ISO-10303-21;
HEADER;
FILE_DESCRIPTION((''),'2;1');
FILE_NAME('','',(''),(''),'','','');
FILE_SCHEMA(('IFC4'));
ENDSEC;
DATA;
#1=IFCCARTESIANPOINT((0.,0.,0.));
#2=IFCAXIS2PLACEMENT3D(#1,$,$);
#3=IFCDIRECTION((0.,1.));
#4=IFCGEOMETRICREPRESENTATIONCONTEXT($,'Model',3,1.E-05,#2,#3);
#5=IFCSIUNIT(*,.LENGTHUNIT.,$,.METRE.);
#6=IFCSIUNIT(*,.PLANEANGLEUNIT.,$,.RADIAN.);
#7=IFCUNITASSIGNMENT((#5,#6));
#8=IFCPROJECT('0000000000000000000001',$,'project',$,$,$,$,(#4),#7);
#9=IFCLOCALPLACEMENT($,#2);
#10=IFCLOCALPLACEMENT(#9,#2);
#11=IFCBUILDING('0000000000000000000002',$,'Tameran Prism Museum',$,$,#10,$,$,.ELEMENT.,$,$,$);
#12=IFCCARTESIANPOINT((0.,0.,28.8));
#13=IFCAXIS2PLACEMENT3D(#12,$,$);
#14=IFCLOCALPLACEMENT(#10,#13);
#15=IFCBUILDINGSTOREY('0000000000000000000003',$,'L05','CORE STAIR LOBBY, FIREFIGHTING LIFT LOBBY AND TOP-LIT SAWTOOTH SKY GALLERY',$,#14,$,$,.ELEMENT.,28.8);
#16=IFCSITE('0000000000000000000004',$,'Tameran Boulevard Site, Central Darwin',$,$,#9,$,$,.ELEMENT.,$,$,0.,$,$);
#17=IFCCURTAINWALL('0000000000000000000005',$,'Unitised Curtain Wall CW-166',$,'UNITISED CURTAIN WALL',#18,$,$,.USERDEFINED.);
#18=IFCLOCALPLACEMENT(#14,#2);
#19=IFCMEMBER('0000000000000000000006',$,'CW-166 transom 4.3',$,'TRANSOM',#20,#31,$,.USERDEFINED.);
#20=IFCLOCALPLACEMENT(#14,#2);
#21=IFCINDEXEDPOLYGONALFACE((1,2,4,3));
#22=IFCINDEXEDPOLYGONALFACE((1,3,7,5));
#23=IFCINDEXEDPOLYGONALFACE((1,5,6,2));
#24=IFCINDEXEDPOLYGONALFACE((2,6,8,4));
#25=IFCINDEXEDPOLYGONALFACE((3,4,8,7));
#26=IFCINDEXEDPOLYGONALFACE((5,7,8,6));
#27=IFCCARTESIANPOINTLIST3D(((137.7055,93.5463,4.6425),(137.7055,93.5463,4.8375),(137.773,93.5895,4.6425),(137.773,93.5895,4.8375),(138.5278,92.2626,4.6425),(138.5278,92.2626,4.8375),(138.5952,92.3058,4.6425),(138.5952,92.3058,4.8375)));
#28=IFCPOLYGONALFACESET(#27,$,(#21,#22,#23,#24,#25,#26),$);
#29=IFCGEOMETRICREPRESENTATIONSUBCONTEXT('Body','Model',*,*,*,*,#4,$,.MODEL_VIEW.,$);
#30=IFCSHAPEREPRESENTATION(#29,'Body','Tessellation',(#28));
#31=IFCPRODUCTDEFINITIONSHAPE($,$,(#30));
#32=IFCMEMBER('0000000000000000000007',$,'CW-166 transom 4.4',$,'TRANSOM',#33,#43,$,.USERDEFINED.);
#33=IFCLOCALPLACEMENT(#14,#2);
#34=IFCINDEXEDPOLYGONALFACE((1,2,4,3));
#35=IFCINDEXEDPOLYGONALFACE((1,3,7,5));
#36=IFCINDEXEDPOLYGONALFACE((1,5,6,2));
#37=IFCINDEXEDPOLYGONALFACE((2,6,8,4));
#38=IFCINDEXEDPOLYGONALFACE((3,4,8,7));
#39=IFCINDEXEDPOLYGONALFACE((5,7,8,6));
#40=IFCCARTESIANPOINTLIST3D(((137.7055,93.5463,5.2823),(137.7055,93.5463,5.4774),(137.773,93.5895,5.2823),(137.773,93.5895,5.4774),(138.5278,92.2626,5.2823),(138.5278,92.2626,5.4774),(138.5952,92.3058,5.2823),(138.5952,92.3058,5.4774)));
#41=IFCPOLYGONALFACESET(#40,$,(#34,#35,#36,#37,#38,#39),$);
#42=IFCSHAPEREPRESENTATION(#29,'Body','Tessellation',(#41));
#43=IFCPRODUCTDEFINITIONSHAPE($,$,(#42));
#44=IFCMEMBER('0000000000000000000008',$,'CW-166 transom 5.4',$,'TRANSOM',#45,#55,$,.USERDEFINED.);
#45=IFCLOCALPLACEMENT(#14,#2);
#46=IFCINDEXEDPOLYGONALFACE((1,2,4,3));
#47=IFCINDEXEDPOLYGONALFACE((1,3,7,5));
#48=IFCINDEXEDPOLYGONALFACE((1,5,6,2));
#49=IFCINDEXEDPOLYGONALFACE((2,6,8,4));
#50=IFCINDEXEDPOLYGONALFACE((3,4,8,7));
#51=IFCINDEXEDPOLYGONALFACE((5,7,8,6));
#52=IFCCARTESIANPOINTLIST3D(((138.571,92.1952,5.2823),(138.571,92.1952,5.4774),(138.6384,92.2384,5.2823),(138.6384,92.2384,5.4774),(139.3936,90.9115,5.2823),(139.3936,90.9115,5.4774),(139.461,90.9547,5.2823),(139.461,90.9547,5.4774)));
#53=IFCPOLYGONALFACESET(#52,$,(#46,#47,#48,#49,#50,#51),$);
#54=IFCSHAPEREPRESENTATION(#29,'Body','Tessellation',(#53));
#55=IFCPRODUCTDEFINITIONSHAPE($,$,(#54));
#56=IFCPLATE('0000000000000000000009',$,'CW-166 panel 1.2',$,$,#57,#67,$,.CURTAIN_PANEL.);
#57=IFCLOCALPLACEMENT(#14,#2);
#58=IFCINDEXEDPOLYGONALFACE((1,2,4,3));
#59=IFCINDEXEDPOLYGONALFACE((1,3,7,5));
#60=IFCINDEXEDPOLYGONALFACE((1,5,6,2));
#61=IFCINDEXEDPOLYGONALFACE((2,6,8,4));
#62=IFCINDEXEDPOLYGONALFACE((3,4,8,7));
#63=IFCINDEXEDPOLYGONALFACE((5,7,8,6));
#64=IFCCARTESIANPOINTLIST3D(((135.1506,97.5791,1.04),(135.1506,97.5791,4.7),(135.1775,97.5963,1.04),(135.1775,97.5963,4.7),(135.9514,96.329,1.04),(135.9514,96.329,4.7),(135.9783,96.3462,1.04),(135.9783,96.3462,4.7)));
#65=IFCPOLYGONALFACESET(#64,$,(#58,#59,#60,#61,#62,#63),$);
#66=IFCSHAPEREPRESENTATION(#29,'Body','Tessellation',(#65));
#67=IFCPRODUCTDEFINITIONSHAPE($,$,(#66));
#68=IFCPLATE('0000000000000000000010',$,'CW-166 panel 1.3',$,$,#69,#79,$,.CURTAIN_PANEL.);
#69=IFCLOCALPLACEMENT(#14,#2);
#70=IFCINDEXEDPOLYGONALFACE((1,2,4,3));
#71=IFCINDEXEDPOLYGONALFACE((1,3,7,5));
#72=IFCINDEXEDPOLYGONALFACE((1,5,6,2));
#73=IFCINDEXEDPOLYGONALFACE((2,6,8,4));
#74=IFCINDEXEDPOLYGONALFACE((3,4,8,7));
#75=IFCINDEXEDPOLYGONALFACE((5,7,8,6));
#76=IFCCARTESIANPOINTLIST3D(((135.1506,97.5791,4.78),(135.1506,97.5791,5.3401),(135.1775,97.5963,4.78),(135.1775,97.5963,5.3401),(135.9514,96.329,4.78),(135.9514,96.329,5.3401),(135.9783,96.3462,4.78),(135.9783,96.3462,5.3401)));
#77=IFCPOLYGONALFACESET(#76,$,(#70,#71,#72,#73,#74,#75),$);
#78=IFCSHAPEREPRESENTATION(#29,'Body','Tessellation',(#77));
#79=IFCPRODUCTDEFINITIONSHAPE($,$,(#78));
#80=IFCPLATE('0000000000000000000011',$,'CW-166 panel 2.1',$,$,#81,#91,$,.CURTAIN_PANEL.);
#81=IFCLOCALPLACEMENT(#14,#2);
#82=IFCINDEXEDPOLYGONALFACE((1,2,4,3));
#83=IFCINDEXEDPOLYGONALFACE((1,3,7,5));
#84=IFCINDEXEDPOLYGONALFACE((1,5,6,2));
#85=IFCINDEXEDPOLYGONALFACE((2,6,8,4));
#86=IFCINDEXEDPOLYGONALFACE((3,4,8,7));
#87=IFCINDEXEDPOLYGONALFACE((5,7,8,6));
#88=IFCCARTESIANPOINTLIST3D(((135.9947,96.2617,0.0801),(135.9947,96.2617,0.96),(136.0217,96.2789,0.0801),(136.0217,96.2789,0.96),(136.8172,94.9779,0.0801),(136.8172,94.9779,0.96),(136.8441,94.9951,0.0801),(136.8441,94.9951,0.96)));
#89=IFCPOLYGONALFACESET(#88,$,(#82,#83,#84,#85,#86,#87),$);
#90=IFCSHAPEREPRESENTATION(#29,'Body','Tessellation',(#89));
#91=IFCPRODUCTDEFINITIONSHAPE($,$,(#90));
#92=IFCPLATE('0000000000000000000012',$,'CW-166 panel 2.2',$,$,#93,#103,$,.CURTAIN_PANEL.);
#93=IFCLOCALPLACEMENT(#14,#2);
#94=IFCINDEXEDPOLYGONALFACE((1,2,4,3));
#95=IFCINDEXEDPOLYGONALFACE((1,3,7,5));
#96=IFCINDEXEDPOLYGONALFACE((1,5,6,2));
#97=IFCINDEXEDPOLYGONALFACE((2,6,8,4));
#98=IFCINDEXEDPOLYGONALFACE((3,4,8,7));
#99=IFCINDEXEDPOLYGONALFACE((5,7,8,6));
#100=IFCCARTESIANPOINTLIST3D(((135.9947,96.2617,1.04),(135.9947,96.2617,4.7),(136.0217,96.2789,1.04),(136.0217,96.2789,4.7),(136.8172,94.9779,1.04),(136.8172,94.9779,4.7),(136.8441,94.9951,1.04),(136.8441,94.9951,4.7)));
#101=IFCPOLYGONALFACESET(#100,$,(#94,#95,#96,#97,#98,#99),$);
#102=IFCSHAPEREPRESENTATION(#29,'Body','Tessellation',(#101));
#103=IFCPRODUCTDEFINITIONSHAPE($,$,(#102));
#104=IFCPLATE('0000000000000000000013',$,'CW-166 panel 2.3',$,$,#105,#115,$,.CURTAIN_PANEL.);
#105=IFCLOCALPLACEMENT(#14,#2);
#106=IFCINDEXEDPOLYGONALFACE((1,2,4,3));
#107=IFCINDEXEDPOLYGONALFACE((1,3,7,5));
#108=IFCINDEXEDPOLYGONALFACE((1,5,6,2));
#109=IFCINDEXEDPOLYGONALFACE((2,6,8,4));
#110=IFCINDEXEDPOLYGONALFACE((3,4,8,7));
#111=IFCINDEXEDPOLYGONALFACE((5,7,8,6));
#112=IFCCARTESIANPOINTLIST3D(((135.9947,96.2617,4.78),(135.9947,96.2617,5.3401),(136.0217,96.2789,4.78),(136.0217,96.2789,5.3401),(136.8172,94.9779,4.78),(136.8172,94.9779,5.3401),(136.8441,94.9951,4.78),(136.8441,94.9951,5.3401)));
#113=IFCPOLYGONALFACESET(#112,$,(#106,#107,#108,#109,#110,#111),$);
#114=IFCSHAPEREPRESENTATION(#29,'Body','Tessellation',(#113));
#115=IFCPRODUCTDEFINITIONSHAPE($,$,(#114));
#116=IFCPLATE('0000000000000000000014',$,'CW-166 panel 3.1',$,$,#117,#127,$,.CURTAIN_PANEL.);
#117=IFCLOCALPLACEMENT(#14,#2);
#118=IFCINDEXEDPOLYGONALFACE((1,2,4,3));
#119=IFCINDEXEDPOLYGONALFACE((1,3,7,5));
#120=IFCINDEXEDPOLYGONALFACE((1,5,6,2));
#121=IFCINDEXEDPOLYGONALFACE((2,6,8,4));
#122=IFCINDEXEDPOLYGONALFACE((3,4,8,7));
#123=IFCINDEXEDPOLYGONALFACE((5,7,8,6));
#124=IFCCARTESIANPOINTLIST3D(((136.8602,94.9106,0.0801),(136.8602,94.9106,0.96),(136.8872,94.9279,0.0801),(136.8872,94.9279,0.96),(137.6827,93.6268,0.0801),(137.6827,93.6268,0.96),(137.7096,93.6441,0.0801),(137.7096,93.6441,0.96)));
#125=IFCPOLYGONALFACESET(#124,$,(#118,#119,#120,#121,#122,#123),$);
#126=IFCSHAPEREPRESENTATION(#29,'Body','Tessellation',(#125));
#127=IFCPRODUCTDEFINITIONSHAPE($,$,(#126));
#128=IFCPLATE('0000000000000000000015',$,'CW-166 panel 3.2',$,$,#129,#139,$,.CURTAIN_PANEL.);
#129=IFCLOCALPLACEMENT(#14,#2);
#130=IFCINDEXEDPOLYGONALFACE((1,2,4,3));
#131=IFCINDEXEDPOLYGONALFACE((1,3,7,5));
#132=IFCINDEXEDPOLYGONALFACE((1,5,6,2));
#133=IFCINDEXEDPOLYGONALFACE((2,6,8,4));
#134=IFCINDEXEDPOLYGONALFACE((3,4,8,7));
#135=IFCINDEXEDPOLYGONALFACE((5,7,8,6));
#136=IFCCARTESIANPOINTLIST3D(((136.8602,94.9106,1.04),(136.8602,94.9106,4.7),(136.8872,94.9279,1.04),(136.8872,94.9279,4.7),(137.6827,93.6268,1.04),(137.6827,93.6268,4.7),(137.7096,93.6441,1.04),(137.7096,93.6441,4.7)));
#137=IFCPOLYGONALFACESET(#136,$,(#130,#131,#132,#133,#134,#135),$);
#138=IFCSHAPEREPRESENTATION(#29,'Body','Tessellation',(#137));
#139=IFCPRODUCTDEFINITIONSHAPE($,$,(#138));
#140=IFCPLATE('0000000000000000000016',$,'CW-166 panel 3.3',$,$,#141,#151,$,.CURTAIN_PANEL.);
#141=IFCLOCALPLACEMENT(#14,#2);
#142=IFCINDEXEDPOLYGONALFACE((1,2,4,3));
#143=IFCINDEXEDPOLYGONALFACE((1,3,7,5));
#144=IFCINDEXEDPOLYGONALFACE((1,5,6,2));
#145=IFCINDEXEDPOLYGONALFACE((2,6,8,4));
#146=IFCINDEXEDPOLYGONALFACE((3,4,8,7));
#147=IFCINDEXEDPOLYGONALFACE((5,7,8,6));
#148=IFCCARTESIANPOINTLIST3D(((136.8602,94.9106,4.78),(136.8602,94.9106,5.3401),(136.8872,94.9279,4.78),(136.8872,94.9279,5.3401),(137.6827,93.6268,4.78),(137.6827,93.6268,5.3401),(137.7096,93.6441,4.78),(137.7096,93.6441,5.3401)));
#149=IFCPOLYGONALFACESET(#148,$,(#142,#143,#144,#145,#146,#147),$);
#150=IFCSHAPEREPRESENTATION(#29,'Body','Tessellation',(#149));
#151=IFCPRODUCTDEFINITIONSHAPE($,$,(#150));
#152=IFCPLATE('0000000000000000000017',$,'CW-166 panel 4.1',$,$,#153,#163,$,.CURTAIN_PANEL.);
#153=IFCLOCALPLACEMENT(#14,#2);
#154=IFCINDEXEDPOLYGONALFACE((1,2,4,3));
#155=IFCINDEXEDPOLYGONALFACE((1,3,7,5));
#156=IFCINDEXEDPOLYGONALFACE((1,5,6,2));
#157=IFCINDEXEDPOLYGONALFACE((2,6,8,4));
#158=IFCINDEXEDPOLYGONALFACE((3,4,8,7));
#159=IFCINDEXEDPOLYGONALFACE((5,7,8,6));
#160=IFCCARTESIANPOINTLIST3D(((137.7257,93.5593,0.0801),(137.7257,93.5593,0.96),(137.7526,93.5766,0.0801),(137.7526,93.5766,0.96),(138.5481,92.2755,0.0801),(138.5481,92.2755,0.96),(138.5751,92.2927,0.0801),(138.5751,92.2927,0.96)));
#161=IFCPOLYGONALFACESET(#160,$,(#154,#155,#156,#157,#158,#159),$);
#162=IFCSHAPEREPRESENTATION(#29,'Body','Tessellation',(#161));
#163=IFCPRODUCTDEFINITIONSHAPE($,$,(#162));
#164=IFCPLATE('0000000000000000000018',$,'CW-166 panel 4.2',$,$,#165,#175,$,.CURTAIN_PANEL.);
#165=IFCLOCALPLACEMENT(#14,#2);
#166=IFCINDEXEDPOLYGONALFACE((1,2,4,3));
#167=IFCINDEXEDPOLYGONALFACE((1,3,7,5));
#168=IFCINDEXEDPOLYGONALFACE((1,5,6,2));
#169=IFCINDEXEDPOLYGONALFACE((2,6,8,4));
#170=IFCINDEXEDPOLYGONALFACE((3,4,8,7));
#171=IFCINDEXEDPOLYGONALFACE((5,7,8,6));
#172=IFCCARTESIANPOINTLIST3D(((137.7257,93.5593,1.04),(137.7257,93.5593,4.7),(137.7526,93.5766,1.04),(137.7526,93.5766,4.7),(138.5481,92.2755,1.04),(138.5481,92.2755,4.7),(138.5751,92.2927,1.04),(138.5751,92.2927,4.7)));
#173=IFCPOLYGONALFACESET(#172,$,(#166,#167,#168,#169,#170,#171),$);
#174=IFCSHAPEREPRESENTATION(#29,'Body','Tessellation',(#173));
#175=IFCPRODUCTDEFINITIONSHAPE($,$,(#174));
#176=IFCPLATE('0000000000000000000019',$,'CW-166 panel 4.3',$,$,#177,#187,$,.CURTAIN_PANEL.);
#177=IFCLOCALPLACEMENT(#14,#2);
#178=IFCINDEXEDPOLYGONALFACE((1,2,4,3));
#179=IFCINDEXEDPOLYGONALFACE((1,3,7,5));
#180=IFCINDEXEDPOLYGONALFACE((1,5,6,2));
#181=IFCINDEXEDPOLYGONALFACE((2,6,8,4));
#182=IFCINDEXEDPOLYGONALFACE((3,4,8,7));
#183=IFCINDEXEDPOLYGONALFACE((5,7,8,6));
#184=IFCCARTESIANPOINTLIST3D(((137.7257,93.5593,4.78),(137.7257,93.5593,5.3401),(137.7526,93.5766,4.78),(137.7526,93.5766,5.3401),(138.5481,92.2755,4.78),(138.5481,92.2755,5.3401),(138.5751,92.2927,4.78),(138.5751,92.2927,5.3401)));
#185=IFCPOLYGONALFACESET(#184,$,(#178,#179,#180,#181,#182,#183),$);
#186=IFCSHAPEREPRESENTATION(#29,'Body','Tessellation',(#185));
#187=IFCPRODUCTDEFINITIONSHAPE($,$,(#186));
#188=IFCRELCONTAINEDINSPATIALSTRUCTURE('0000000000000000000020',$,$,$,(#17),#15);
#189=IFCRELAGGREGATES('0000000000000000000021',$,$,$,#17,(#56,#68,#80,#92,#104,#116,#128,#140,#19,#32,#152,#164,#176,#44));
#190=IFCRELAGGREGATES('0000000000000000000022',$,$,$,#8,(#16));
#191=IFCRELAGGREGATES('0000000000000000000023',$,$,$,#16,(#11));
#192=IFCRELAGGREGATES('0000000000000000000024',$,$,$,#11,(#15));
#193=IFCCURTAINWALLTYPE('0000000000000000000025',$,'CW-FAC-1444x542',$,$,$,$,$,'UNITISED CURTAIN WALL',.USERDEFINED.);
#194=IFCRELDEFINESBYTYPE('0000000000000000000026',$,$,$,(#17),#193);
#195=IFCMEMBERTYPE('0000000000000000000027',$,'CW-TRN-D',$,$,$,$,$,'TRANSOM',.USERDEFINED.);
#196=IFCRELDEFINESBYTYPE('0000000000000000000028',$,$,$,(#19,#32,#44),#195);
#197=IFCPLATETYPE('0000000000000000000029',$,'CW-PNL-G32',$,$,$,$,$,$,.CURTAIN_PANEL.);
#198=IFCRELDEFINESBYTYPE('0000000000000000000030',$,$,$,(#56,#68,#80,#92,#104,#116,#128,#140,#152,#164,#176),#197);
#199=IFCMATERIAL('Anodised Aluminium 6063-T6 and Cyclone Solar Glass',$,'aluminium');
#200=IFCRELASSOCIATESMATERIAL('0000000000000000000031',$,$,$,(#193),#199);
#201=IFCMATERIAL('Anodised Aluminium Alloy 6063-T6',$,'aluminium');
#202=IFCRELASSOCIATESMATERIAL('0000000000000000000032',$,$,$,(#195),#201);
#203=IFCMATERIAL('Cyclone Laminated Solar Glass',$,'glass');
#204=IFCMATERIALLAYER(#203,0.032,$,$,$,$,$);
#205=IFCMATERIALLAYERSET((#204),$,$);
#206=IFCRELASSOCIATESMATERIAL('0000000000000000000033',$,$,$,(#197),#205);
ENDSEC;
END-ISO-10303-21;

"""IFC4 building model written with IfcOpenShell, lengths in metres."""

from ifc_helpers import new_model, si_unit, direction, frame, origin, origin_2d, place, context, subcontext, project, spatial, rectangle, extrude, material, layer, layer_set, material_profile, profile_set, type_object, element, aggregate, save


model = new_model("IFC4")

# Units and contexts
model_context = context("Model", 3, precision=1e-05, world=origin(), true_north=direction((0.0, 1.0)))
body_context = subcontext(model_context, "Body", "Model", "MODEL_VIEW")
ifc_project = project(units=[si_unit("LENGTHUNIT", "METRE"), si_unit("PLANEANGLEUNIT", "RADIAN")], contexts=[model_context])

# Site, building, storey
site_placement = place(None, origin())
site = spatial("IfcSite", under=ifc_project, at=site_placement, Name="Tameran Boulevard Site, Central Darwin", CompositionType="ELEMENT", RefElevation=0.0)
building_placement = place(site_placement, origin())
building = spatial("IfcBuilding", under=site, at=building_placement, Name="Tameran Prism Museum", CompositionType="ELEMENT")
storey_placement = place(building_placement, frame((0.0, 0.0, 28.8)))
storey = spatial("IfcBuildingStorey", under=building, at=storey_placement, Name="L05", Description="CORE STAIR LOBBY, FIREFIGHTING LIFT LOBBY AND TOP-LIT SAWTOOTH SKY GALLERY", CompositionType="ELEMENT", Elevation=28.8)

# Curtain wall, members, plates
ifc_material_1 = material(Name="Anodised Aluminium 6063-T6 and Cyclone Solar Glass", Category="aluminium")
curtain_wall_type = type_object("IfcCurtainWallType", Name="CW-FAC-1444x542", ElementType="UNITISED CURTAIN WALL", PredefinedType="USERDEFINED", material=ifc_material_1)
curtain_wall_placement = place(storey_placement, origin())
curtain_wall = element("IfcCurtainWall", 1, at=curtain_wall_placement, inside=storey, type_object=curtain_wall_type, Name="Unitised Curtain Wall CW-166", ObjectType="UNITISED CURTAIN WALL", PredefinedType="USERDEFINED")
ifc_material_2 = material(Name="Anodised Aluminium Alloy 6063-T6", Category="aluminium")
ifc_material_profile_1 = material_profile(ifc_material_2, rectangle(XDim=0.0801, YDim=0.1951, at=origin_2d()))
ifc_profile_set_1 = profile_set([ifc_material_profile_1])
member_type_1 = type_object("IfcMemberType", Name="CW-TRN-D", ElementType="TRANSOM", PredefinedType="USERDEFINED", material=ifc_profile_set_1)
member_1_placement = place(storey_placement, frame((137.7393, 93.5679, 4.74), z_axis=(0.539381, -0.842062, 0.0), x_axis=(0.842062, 0.539381, 0.0)))
member_1 = element("IfcMember", 2, at=member_1_placement, type_object=member_type_1, Name="CW-166 transom 4.3", ObjectType="TRANSOM", PredefinedType="USERDEFINED", context=body_context, shape_type="SweptSolid", body=[
    extrude(rectangle(XDim=0.0801, YDim=0.1951, at=origin_2d()), origin(), (0.0, 0.0, 1.0), 1.5244),
])
member_2_placement = place(storey_placement, frame((137.7393, 93.5679, 5.3799), z_axis=(0.539381, -0.842062, 0.0), x_axis=(0.842062, 0.539381, 0.0)))
member_2 = element("IfcMember", 3, at=member_2_placement, type_object=member_type_1, Name="CW-166 transom 4.4", ObjectType="TRANSOM", PredefinedType="USERDEFINED", context=body_context, shape_type="SweptSolid", body=[
    extrude(rectangle(XDim=0.0801, YDim=0.1951, at=origin_2d()), origin(), (0.0, 0.0, 1.0), 1.5244),
])
member_3_placement = place(storey_placement, frame((138.6047, 92.2168, 5.3799), z_axis=(0.539494, -0.841989, 0.0), x_axis=(0.841989, 0.539494, 0.0)))
member_3 = element("IfcMember", 4, at=member_3_placement, type_object=member_type_1, Name="CW-166 transom 5.4", ObjectType="TRANSOM", PredefinedType="USERDEFINED", context=body_context, shape_type="SweptSolid", body=[
    extrude(rectangle(XDim=0.0801, YDim=0.1951, at=origin_2d()), origin(), (0.0, 0.0, 1.0), 1.5247),
])
ifc_material_3 = material(Name="Cyclone Laminated Solar Glass", Category="glass")
ifc_layer_1 = layer(ifc_material_3, 0.032)
ifc_layer_set_1 = layer_set([ifc_layer_1])
plate_type = type_object("IfcPlateType", Name="CW-PNL-G32", PredefinedType="CURTAIN_PANEL", material=ifc_layer_set_1)
plate_1_placement = place(storey_placement, frame((135.5645, 96.9626, 1.04), z_axis=(0.0, 0.0, 1.0), x_axis=(0.539427, -0.842032, 0.0)))
plate_1 = element("IfcPlate", 5, at=plate_1_placement, type_object=plate_type, Name="CW-166 panel 1.2", PredefinedType="CURTAIN_PANEL", context=body_context, shape_type="SweptSolid", body=[
    extrude(rectangle(XDim=1.4846, YDim=0.032, at=origin_2d()), origin(), (0.0, 0.0, 1.0), 3.6599),
])
plate_2_placement = place(storey_placement, frame((135.5645, 96.9626, 4.78), z_axis=(0.0, 0.0, 1.0), x_axis=(0.539427, -0.842032, 0.0)))
plate_2 = element("IfcPlate", 6, at=plate_2_placement, type_object=plate_type, Name="CW-166 panel 1.3", PredefinedType="CURTAIN_PANEL", context=body_context, shape_type="SweptSolid", body=[
    extrude(rectangle(XDim=1.4846, YDim=0.032, at=origin_2d()), origin(), (0.0, 0.0, 1.0), 0.5601),
])
plate_3_placement = place(storey_placement, frame((136.4194, 95.6284, 0.0801), z_axis=(0.0, 0.0, 1.0), x_axis=(0.539427, -0.842032, 0.0)))
plate_3 = element("IfcPlate", 7, at=plate_3_placement, type_object=plate_type, Name="CW-166 panel 2.1", PredefinedType="CURTAIN_PANEL", context=body_context, shape_type="SweptSolid", body=[
    extrude(rectangle(XDim=1.5247, YDim=0.032, at=origin_2d()), origin(), (0.0, 0.0, 1.0), 0.8799),
])
plate_4_placement = place(storey_placement, frame((136.4194, 95.6284, 1.04), z_axis=(0.0, 0.0, 1.0), x_axis=(0.539427, -0.842032, 0.0)))
plate_4 = element("IfcPlate", 8, at=plate_4_placement, type_object=plate_type, Name="CW-166 panel 2.2", PredefinedType="CURTAIN_PANEL", context=body_context, shape_type="SweptSolid", body=[
    extrude(rectangle(XDim=1.5247, YDim=0.032, at=origin_2d()), origin(), (0.0, 0.0, 1.0), 3.6599),
])
plate_5_placement = place(storey_placement, frame((136.4194, 95.6284, 4.78), z_axis=(0.0, 0.0, 1.0), x_axis=(0.539427, -0.842032, 0.0)))
plate_5 = element("IfcPlate", 9, at=plate_5_placement, type_object=plate_type, Name="CW-166 panel 2.3", PredefinedType="CURTAIN_PANEL", context=body_context, shape_type="SweptSolid", body=[
    extrude(rectangle(XDim=1.5247, YDim=0.032, at=origin_2d()), origin(), (0.0, 0.0, 1.0), 0.5601),
])
plate_6_placement = place(storey_placement, frame((137.2849, 94.2773, 0.0801), z_axis=(0.0, 0.0, 1.0), x_axis=(0.539427, -0.842032, 0.0)))
plate_6 = element("IfcPlate", 10, at=plate_6_placement, type_object=plate_type, Name="CW-166 panel 3.1", PredefinedType="CURTAIN_PANEL", context=body_context, shape_type="SweptSolid", body=[
    extrude(rectangle(XDim=1.5247, YDim=0.032, at=origin_2d()), origin(), (0.0, 0.0, 1.0), 0.8799),
])
plate_7_placement = place(storey_placement, frame((137.2849, 94.2773, 1.04), z_axis=(0.0, 0.0, 1.0), x_axis=(0.539427, -0.842032, 0.0)))
plate_7 = element("IfcPlate", 11, at=plate_7_placement, type_object=plate_type, Name="CW-166 panel 3.2", PredefinedType="CURTAIN_PANEL", context=body_context, shape_type="SweptSolid", body=[
    extrude(rectangle(XDim=1.5247, YDim=0.032, at=origin_2d()), origin(), (0.0, 0.0, 1.0), 3.6599),
])
plate_8_placement = place(storey_placement, frame((137.2849, 94.2773, 4.78), z_axis=(0.0, 0.0, 1.0), x_axis=(0.539427, -0.842032, 0.0)))
plate_8 = element("IfcPlate", 12, at=plate_8_placement, type_object=plate_type, Name="CW-166 panel 3.3", PredefinedType="CURTAIN_PANEL", context=body_context, shape_type="SweptSolid", body=[
    extrude(rectangle(XDim=1.5247, YDim=0.032, at=origin_2d()), origin(), (0.0, 0.0, 1.0), 0.5601),
])
plate_9_placement = place(storey_placement, frame((138.1504, 92.926, 0.0801), z_axis=(0.0, 0.0, 1.0), x_axis=(0.539427, -0.842032, 0.0)))
plate_9 = element("IfcPlate", 13, at=plate_9_placement, type_object=plate_type, Name="CW-166 panel 4.1", PredefinedType="CURTAIN_PANEL", context=body_context, shape_type="SweptSolid", body=[
    extrude(rectangle(XDim=1.5247, YDim=0.032, at=origin_2d()), origin(), (0.0, 0.0, 1.0), 0.8799),
])
plate_10_placement = place(storey_placement, frame((138.1504, 92.926, 1.04), z_axis=(0.0, 0.0, 1.0), x_axis=(0.539427, -0.842032, 0.0)))
plate_10 = element("IfcPlate", 14, at=plate_10_placement, type_object=plate_type, Name="CW-166 panel 4.2", PredefinedType="CURTAIN_PANEL", context=body_context, shape_type="SweptSolid", body=[
    extrude(rectangle(XDim=1.5247, YDim=0.032, at=origin_2d()), origin(), (0.0, 0.0, 1.0), 3.6599),
])
plate_11_placement = place(storey_placement, frame((138.1504, 92.926, 4.78), z_axis=(0.0, 0.0, 1.0), x_axis=(0.539427, -0.842032, 0.0)))
plate_11 = element("IfcPlate", 15, at=plate_11_placement, type_object=plate_type, Name="CW-166 panel 4.3", PredefinedType="CURTAIN_PANEL", context=body_context, shape_type="SweptSolid", body=[
    extrude(rectangle(XDim=1.5247, YDim=0.032, at=origin_2d()), origin(), (0.0, 0.0, 1.0), 0.5601),
])
aggregate(curtain_wall, [plate_1, plate_2, plate_3, plate_4, plate_5, plate_6, plate_7, plate_8, member_1, member_2, plate_9, plate_10, plate_11, member_3])

save(model, "model.ifc")
